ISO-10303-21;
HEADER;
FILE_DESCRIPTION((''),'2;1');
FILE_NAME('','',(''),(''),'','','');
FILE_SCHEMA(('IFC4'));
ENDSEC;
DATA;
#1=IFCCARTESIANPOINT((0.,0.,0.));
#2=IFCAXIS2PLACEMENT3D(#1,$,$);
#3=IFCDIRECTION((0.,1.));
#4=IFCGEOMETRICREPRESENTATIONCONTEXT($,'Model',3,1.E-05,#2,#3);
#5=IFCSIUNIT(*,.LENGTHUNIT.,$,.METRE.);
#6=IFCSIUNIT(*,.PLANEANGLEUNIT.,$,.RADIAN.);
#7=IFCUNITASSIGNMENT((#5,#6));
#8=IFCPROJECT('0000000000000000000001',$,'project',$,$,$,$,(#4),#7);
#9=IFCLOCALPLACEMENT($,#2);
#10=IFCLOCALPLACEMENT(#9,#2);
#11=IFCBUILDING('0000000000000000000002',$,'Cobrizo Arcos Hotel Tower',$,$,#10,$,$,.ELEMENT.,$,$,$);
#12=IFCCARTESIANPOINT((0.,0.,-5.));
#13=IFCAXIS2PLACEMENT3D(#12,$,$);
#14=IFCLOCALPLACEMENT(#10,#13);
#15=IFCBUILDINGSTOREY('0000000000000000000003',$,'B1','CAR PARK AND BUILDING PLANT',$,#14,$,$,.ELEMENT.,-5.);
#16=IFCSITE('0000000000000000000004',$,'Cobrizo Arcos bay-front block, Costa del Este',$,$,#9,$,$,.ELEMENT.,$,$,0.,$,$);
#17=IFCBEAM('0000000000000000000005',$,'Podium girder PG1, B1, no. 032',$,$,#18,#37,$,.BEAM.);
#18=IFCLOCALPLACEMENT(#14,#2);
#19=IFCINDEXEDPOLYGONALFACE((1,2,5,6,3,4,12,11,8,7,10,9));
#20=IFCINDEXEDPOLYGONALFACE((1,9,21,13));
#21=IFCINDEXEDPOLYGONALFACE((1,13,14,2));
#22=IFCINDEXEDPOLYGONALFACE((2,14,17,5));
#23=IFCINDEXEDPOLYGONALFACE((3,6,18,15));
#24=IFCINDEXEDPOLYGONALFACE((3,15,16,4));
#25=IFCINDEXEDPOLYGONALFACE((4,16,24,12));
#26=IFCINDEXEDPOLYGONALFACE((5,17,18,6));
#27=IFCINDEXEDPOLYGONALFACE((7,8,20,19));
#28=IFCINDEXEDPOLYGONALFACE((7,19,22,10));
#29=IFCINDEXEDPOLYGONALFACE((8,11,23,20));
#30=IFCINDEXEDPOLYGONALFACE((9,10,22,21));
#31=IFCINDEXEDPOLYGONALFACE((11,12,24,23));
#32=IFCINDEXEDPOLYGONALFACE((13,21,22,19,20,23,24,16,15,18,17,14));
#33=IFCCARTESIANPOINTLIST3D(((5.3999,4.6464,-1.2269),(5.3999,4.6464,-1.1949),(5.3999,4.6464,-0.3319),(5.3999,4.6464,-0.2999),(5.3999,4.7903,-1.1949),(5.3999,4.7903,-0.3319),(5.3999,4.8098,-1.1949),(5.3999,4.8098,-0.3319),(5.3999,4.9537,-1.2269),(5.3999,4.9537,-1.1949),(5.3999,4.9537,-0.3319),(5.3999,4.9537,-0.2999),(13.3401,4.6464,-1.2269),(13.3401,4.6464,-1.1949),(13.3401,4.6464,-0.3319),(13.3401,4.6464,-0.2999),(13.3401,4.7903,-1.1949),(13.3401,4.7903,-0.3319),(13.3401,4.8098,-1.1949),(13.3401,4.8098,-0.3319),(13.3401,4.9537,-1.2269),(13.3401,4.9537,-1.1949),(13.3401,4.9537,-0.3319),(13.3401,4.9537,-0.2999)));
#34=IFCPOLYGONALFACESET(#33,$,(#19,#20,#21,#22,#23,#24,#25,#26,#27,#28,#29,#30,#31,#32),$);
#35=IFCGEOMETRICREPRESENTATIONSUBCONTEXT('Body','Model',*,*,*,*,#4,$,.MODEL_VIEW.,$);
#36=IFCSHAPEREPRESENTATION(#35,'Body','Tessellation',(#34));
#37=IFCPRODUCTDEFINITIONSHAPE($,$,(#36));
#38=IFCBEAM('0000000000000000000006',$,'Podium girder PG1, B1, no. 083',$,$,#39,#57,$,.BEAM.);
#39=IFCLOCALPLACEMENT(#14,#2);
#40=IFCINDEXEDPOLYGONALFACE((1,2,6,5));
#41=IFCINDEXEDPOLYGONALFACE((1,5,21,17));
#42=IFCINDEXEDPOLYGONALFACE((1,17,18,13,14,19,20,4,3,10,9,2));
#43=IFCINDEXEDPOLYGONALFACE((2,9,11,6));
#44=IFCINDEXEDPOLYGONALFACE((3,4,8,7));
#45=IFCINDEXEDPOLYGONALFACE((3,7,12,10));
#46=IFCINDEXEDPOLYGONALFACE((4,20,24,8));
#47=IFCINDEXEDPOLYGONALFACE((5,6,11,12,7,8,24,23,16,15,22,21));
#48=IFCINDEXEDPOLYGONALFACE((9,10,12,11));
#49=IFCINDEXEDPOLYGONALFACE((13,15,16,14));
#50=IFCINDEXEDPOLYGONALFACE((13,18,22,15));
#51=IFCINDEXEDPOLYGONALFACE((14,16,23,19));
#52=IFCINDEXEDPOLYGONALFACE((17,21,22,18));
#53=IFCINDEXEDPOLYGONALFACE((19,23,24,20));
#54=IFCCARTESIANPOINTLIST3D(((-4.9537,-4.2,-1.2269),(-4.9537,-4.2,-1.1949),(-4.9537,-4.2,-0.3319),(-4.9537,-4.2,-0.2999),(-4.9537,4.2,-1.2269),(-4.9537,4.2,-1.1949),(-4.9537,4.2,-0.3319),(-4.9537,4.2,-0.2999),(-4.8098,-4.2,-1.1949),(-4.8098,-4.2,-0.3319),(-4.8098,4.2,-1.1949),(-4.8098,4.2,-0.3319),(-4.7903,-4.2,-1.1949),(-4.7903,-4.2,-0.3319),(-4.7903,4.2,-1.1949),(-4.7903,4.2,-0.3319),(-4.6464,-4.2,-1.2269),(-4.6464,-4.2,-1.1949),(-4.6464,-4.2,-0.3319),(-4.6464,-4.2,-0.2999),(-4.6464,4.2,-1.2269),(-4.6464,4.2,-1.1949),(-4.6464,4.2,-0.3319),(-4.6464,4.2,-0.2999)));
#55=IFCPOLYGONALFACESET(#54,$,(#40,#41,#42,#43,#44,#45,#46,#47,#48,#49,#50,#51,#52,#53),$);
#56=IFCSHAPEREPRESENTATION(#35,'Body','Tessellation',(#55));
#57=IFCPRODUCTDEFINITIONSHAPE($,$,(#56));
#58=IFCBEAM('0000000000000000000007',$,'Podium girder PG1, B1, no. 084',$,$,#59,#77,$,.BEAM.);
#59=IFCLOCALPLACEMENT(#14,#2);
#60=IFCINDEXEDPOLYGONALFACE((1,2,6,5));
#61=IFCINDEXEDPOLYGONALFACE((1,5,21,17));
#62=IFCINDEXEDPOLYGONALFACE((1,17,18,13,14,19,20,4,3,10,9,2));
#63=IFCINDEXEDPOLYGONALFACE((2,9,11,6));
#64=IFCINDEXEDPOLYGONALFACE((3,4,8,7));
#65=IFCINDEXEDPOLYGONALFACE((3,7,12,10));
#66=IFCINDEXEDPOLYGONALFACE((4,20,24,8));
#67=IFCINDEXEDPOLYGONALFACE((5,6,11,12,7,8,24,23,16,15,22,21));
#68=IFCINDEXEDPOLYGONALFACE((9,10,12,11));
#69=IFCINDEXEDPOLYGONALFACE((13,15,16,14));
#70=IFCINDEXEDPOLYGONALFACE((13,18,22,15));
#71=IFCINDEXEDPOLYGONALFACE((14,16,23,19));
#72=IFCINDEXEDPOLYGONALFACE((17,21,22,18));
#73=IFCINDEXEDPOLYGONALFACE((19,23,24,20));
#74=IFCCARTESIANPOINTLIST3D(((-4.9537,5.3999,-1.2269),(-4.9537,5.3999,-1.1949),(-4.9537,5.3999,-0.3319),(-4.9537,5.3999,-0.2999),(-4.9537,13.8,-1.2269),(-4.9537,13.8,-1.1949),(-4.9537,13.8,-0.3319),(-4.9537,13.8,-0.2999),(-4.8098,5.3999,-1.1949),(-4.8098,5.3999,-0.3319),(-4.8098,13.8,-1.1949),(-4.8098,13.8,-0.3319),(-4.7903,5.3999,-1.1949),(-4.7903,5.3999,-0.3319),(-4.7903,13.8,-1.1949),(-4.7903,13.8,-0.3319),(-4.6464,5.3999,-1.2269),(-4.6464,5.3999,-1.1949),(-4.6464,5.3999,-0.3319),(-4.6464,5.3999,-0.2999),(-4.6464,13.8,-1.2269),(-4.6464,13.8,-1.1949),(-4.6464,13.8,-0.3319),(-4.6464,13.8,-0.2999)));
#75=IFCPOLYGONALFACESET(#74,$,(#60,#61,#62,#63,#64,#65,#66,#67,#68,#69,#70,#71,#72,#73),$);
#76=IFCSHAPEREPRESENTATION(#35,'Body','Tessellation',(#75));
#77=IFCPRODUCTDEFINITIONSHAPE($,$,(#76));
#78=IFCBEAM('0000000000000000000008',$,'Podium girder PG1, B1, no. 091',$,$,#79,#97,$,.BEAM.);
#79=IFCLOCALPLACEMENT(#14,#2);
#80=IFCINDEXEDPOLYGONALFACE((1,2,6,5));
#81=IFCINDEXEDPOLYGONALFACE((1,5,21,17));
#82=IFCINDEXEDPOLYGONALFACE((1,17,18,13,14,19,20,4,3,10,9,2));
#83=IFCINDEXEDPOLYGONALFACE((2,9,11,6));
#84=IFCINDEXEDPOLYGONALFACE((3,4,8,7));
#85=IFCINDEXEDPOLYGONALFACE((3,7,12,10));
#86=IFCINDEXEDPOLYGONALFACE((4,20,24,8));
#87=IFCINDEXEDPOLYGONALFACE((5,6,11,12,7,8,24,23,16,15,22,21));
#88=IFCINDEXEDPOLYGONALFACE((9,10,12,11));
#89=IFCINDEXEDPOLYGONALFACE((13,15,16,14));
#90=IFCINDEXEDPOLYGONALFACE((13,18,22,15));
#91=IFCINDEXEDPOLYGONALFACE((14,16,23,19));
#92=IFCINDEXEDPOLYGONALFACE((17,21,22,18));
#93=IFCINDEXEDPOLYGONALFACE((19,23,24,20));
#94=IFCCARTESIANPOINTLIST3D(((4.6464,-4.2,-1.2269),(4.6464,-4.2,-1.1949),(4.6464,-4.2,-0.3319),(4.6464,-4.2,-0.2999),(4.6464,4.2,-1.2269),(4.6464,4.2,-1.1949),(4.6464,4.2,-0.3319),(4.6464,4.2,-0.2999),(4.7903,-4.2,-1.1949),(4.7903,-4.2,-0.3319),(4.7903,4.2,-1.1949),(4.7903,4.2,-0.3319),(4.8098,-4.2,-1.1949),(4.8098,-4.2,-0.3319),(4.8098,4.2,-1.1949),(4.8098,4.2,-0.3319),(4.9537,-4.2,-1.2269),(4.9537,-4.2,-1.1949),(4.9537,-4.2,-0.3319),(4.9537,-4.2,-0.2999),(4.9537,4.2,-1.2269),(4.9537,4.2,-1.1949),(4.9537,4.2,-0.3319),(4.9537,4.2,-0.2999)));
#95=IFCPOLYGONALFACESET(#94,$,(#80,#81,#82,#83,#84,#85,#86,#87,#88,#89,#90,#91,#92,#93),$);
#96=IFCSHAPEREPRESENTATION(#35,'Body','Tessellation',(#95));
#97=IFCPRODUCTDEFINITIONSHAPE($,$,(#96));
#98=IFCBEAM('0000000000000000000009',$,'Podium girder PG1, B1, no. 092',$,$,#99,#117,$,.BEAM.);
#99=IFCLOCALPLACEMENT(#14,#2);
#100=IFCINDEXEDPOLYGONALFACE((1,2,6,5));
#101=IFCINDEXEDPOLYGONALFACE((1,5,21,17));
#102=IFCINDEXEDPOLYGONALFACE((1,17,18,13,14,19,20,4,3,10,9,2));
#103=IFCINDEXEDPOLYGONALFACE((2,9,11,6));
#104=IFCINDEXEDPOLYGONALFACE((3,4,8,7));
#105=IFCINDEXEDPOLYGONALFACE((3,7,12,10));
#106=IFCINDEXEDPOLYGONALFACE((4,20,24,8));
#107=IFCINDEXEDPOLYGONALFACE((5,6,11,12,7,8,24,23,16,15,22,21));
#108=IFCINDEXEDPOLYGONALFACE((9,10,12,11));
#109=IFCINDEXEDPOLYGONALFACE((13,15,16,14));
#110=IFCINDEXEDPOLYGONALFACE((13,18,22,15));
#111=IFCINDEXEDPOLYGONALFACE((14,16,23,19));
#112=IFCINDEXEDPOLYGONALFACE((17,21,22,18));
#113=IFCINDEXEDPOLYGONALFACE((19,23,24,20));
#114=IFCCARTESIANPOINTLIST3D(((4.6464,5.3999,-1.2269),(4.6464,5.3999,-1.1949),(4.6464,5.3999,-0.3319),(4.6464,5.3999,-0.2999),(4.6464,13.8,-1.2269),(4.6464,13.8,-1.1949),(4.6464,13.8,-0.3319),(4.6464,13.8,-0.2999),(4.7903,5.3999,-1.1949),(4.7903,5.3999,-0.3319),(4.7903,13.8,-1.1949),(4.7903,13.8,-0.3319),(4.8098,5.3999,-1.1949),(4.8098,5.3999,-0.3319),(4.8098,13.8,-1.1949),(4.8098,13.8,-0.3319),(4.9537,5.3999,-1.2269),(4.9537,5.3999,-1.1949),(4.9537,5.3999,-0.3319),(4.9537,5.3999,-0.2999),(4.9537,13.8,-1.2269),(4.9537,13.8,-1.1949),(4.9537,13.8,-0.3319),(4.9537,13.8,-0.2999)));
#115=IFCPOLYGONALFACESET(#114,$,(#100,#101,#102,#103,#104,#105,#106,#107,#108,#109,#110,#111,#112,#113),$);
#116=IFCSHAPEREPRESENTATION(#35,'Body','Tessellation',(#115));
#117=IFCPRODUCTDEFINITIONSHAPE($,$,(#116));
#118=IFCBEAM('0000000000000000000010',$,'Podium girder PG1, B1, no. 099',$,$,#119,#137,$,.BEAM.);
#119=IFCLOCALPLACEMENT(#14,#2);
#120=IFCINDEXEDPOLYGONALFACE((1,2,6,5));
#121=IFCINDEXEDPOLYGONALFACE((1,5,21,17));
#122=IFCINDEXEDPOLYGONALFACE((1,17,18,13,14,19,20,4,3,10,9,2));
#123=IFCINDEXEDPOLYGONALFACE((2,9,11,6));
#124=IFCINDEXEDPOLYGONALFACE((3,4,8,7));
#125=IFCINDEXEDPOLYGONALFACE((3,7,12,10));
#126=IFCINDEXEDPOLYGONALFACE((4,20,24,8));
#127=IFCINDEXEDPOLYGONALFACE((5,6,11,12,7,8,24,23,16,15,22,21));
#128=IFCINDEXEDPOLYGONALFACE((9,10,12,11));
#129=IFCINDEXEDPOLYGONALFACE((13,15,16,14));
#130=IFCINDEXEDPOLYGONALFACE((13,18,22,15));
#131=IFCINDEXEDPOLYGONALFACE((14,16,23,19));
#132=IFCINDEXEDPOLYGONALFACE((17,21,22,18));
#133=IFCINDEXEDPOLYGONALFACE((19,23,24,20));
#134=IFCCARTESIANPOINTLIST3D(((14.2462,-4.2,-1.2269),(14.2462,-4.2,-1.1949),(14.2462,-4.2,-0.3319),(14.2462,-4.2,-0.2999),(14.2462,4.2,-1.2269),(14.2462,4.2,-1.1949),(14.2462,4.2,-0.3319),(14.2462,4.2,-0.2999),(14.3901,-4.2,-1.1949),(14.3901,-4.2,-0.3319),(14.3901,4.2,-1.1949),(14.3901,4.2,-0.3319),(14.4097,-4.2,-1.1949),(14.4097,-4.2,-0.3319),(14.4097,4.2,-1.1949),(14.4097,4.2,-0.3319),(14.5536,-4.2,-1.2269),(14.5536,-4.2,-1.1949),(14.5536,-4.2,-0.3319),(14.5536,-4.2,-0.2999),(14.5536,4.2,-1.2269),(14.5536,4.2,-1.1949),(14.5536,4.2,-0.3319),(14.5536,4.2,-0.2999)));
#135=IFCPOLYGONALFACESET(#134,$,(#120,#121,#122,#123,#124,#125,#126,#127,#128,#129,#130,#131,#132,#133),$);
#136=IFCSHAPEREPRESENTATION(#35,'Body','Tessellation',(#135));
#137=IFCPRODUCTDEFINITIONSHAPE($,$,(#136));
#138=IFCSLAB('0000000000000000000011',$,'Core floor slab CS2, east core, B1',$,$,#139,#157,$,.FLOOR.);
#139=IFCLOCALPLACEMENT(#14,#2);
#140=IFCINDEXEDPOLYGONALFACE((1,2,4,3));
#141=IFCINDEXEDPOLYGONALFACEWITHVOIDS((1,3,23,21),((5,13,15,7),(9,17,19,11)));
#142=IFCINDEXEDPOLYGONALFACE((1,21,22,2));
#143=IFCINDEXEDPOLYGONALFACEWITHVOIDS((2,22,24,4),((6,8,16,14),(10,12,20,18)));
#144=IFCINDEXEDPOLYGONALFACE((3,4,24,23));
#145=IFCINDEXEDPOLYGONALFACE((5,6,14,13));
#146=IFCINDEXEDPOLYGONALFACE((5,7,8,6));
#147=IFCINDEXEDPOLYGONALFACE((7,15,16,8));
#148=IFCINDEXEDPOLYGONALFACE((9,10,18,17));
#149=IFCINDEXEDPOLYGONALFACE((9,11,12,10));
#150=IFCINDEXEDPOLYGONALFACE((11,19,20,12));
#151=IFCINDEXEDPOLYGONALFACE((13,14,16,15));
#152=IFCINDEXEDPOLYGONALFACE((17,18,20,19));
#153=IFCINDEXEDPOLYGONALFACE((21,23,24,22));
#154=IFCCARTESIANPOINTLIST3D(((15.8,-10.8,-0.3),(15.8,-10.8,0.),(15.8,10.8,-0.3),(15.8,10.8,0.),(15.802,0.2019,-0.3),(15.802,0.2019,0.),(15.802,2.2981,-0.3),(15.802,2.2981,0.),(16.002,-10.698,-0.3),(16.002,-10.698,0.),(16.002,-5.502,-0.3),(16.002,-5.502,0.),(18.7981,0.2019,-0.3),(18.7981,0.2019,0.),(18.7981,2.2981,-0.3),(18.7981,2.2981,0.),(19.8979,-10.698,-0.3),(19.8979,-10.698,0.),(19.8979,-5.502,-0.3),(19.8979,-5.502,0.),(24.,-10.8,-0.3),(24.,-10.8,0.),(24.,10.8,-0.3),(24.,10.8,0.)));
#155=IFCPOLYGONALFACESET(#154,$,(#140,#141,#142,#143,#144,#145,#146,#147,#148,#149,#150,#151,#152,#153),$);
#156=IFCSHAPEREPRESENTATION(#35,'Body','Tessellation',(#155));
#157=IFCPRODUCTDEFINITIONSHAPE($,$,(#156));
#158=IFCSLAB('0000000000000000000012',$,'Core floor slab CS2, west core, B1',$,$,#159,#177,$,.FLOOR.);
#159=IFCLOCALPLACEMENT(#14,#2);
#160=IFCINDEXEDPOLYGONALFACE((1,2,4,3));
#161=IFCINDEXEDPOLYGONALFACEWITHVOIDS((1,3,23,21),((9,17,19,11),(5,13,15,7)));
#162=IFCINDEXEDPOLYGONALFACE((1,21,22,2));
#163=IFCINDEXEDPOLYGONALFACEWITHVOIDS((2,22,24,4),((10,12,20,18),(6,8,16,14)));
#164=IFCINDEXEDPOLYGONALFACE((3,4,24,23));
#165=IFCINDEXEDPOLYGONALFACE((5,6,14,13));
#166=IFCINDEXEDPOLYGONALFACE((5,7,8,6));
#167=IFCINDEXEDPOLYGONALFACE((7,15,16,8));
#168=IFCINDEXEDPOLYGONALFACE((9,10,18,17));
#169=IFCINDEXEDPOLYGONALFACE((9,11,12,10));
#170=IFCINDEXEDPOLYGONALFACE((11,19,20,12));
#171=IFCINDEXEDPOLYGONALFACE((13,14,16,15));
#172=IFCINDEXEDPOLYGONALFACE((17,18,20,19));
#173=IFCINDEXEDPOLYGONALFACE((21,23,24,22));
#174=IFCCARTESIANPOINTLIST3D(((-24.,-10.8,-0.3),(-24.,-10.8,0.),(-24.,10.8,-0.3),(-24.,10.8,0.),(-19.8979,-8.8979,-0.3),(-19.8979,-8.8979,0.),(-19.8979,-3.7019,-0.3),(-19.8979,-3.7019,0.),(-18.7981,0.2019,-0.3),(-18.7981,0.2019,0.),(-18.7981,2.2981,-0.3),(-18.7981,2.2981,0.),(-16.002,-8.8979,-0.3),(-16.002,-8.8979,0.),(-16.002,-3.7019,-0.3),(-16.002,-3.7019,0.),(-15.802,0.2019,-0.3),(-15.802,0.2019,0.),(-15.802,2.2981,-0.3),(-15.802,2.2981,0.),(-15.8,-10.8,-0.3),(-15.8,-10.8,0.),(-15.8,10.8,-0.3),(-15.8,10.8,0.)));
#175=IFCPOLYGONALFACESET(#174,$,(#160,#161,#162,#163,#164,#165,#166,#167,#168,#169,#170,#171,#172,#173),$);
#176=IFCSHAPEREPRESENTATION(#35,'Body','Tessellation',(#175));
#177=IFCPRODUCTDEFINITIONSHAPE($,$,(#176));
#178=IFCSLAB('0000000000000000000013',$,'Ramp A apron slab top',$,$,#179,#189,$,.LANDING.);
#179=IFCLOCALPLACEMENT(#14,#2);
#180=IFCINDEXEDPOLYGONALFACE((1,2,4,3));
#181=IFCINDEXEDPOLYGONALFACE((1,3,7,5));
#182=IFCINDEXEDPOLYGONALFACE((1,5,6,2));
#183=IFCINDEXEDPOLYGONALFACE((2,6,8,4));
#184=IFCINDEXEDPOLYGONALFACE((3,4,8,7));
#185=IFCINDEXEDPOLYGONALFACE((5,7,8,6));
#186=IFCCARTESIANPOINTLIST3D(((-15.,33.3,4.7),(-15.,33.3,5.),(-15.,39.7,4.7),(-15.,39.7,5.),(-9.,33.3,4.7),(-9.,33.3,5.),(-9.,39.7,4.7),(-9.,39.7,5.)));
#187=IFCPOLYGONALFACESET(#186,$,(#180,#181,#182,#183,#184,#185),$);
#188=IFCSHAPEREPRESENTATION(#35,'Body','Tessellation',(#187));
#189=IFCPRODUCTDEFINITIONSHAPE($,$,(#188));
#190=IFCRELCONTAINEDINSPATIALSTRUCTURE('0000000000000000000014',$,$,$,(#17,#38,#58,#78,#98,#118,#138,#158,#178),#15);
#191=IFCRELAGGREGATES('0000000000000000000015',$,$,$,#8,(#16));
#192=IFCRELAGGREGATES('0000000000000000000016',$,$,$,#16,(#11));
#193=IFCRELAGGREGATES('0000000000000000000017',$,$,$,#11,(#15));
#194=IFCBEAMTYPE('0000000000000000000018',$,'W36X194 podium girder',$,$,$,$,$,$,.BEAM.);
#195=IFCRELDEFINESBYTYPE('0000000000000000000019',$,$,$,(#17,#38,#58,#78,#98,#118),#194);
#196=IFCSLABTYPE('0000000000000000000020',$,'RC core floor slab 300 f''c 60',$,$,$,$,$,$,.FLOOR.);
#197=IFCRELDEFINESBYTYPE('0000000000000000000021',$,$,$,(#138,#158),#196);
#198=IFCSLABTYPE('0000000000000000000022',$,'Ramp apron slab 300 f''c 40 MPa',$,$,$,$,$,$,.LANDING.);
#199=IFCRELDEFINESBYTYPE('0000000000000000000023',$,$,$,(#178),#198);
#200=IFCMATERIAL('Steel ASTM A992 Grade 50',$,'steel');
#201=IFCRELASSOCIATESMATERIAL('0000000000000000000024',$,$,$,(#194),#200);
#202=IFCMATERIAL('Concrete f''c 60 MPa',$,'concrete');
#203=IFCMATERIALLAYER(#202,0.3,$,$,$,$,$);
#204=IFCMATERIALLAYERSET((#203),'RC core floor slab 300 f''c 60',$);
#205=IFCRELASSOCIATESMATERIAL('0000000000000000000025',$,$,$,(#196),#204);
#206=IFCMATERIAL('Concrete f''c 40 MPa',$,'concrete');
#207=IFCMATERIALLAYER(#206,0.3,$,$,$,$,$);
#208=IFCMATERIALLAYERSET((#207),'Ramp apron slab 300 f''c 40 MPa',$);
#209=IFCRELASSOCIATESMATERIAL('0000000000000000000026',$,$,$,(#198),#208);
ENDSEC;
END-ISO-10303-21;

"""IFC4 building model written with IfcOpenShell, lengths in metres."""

from ifc_helpers import new_model, si_unit, direction, frame, origin, origin_2d, place, context, subcontext, project, spatial, polyline, i_section, outline, extrude, material, layer, layer_set, material_profile, profile_set, type_object, element, save


model = new_model("IFC4")

# Units and contexts
model_context = context("Model", 3, precision=1e-05, world=origin(), true_north=direction((0.0, 1.0)))
body_context = subcontext(model_context, "Body", "Model", "MODEL_VIEW")
ifc_project = project(units=[si_unit("LENGTHUNIT", "METRE"), si_unit("PLANEANGLEUNIT", "RADIAN")], contexts=[model_context])

# Site, building, storey
site_placement = place(None, origin())
site = spatial("IfcSite", under=ifc_project, at=site_placement, Name="Cobrizo Arcos bay-front block, Costa del Este", CompositionType="ELEMENT", RefElevation=0.0)
building_placement = place(site_placement, origin())
building = spatial("IfcBuilding", under=site, at=building_placement, Name="Cobrizo Arcos Hotel Tower", CompositionType="ELEMENT")
storey_placement = place(building_placement, frame((0.0, 0.0, -5.0)))
storey = spatial("IfcBuildingStorey", under=building, at=storey_placement, Name="B1", Description="CAR PARK AND BUILDING PLANT", CompositionType="ELEMENT", Elevation=-5.0)

# Shared definitions
ifc_material_1 = material(Name="Concrete f'c 40 MPa", Category="concrete")

# Beams
ifc_material_2 = material(Name="Steel ASTM A992 Grade 50", Category="steel")
ifc_material_profile_1 = material_profile(ifc_material_2, i_section(OverallWidth=0.3074, OverallDepth=0.927, WebThickness=0.0195, FlangeThickness=0.032, at=origin_2d()), Name="W36X194")
ifc_profile_set_1 = profile_set([ifc_material_profile_1], Name="Steel ASTM A992 Grade 50")
beam_type_1 = type_object("IfcBeamType", Name="W36X194 podium girder", PredefinedType="BEAM", material=ifc_profile_set_1)
beam_1_placement = place(storey_placement, frame((5.3999, 4.8, -0.7634), z_axis=(1.0, 0.0, 0.0), x_axis=(0.0, 1.0, 0.0)))
element("IfcBeam", 1, at=beam_1_placement, inside=storey, type_object=beam_type_1, Name="Podium girder PG1, B1, no. 032", PredefinedType="BEAM", context=body_context, shape_type="SweptSolid", body=[
    extrude(i_section(OverallWidth=0.3074, OverallDepth=0.927, WebThickness=0.0195, FlangeThickness=0.032, at=origin_2d()), origin(), (0.0, 0.0, 1.0), 7.9402),
])
beam_2_placement = place(storey_placement, frame((-4.8, -4.2, -0.7634), z_axis=(0.0, 1.0, 0.0), x_axis=(-1.0, 0.0, 0.0)))
element("IfcBeam", 2, at=beam_2_placement, inside=storey, type_object=beam_type_1, Name="Podium girder PG1, B1, no. 083", PredefinedType="BEAM", context=body_context, shape_type="SweptSolid", body=[
    extrude(i_section(OverallWidth=0.3074, OverallDepth=0.927, WebThickness=0.0195, FlangeThickness=0.032, at=origin_2d()), origin(), (0.0, 0.0, 1.0), 8.3999),
])
beam_3_placement = place(storey_placement, frame((-4.8, 5.3999, -0.7634), z_axis=(0.0, 1.0, 0.0), x_axis=(-1.0, 0.0, 0.0)))
element("IfcBeam", 3, at=beam_3_placement, inside=storey, type_object=beam_type_1, Name="Podium girder PG1, B1, no. 084", PredefinedType="BEAM", context=body_context, shape_type="SweptSolid", body=[
    extrude(i_section(OverallWidth=0.3074, OverallDepth=0.927, WebThickness=0.0195, FlangeThickness=0.032, at=origin_2d()), origin(), (0.0, 0.0, 1.0), 8.4001),
])
beam_4_placement = place(storey_placement, frame((4.8, -4.2, -0.7634), z_axis=(0.0, 1.0, 0.0), x_axis=(-1.0, 0.0, 0.0)))
element("IfcBeam", 4, at=beam_4_placement, inside=storey, type_object=beam_type_1, Name="Podium girder PG1, B1, no. 091", PredefinedType="BEAM", context=body_context, shape_type="SweptSolid", body=[
    extrude(i_section(OverallWidth=0.3074, OverallDepth=0.927, WebThickness=0.0195, FlangeThickness=0.032, at=origin_2d()), origin(), (0.0, 0.0, 1.0), 8.3999),
])
beam_5_placement = place(storey_placement, frame((4.8, 5.3999, -0.7634), z_axis=(0.0, 1.0, 0.0), x_axis=(-1.0, 0.0, 0.0)))
element("IfcBeam", 5, at=beam_5_placement, inside=storey, type_object=beam_type_1, Name="Podium girder PG1, B1, no. 092", PredefinedType="BEAM", context=body_context, shape_type="SweptSolid", body=[
    extrude(i_section(OverallWidth=0.3074, OverallDepth=0.927, WebThickness=0.0195, FlangeThickness=0.032, at=origin_2d()), origin(), (0.0, 0.0, 1.0), 8.4001),
])
beam_6_placement = place(storey_placement, frame((14.3999, -4.2, -0.7634), z_axis=(0.0, 1.0, 0.0), x_axis=(-1.0, 0.0, 0.0)))
element("IfcBeam", 6, at=beam_6_placement, inside=storey, type_object=beam_type_1, Name="Podium girder PG1, B1, no. 099", PredefinedType="BEAM", context=body_context, shape_type="SweptSolid", body=[
    extrude(i_section(OverallWidth=0.3074, OverallDepth=0.927, WebThickness=0.0195, FlangeThickness=0.032, at=origin_2d()), origin(), (0.0, 0.0, 1.0), 8.3999),
])

# Slabs
ifc_material_3 = material(Name="Concrete f'c 60 MPa", Category="concrete")
ifc_layer_1 = layer(ifc_material_3, 0.3)
ifc_layer_set_1 = layer_set([ifc_layer_1], Name="RC core floor slab 300 f'c 60")
slab_type_1 = type_object("IfcSlabType", Name="RC core floor slab 300 f'c 60", PredefinedType="FLOOR", material=ifc_layer_set_1)
slab_1_placement = place(storey_placement, frame((0.0, 0.0, -0.3)))
element("IfcSlab", 7, at=slab_1_placement, inside=storey, type_object=slab_type_1, Name="Core floor slab CS2, east core, B1", PredefinedType="FLOOR", context=body_context, shape_type="SweptSolid", body=[
    extrude(outline(polyline([(15.8, 10.8), (24.0, 10.8), (24.0, -10.8), (15.8, -10.8), (15.8, 10.8)]), holes=[polyline([(19.8979, -10.698), (19.8979, -5.502), (16.002, -5.502), (16.002, -10.698), (19.8979, -10.698)]), polyline([(18.7981, 0.2019), (18.7981, 2.2981), (15.802, 2.2981), (15.802, 0.2019), (18.7981, 0.2019)])]), origin(), (0.0, 0.0, 1.0), 0.3),
])
slab_2_placement = place(storey_placement, frame((0.0, 0.0, -0.3)))
element("IfcSlab", 8, at=slab_2_placement, inside=storey, type_object=slab_type_1, Name="Core floor slab CS2, west core, B1", PredefinedType="FLOOR", context=body_context, shape_type="SweptSolid", body=[
    extrude(outline(polyline([(-24.0, 10.8), (-15.8, 10.8), (-15.8, -10.8), (-24.0, -10.8), (-24.0, 10.8)]), holes=[polyline([(-19.8979, -3.7019), (-19.8979, -8.8979), (-16.002, -8.8979), (-16.002, -3.7019), (-19.8979, -3.7019)]), polyline([(-15.802, 0.2019), (-15.802, 2.2981), (-18.7981, 2.2981), (-18.7981, 0.2019), (-15.802, 0.2019)])]), origin(), (0.0, 0.0, 1.0), 0.3),
])
ifc_layer_2 = layer(ifc_material_1, 0.3)
ifc_layer_set_2 = layer_set([ifc_layer_2], Name="Ramp apron slab 300 f'c 40 MPa")
slab_type_2 = type_object("IfcSlabType", Name="Ramp apron slab 300 f'c 40 MPa", PredefinedType="LANDING", material=ifc_layer_set_2)
slab_3_placement = place(storey_placement, frame((0.0, 0.0, 4.7)))
element("IfcSlab", 9, at=slab_3_placement, inside=storey, type_object=slab_type_2, Name="Ramp A apron slab top", PredefinedType="LANDING", context=body_context, shape_type="SweptSolid", body=[
    extrude(outline(polyline([(-15.0, 33.3), (-9.0, 33.3), (-9.0, 39.7), (-15.0, 39.7), (-15.0, 33.3)])), origin(), (0.0, 0.0, 1.0), 0.3),
])

save(model, "model.ifc")
